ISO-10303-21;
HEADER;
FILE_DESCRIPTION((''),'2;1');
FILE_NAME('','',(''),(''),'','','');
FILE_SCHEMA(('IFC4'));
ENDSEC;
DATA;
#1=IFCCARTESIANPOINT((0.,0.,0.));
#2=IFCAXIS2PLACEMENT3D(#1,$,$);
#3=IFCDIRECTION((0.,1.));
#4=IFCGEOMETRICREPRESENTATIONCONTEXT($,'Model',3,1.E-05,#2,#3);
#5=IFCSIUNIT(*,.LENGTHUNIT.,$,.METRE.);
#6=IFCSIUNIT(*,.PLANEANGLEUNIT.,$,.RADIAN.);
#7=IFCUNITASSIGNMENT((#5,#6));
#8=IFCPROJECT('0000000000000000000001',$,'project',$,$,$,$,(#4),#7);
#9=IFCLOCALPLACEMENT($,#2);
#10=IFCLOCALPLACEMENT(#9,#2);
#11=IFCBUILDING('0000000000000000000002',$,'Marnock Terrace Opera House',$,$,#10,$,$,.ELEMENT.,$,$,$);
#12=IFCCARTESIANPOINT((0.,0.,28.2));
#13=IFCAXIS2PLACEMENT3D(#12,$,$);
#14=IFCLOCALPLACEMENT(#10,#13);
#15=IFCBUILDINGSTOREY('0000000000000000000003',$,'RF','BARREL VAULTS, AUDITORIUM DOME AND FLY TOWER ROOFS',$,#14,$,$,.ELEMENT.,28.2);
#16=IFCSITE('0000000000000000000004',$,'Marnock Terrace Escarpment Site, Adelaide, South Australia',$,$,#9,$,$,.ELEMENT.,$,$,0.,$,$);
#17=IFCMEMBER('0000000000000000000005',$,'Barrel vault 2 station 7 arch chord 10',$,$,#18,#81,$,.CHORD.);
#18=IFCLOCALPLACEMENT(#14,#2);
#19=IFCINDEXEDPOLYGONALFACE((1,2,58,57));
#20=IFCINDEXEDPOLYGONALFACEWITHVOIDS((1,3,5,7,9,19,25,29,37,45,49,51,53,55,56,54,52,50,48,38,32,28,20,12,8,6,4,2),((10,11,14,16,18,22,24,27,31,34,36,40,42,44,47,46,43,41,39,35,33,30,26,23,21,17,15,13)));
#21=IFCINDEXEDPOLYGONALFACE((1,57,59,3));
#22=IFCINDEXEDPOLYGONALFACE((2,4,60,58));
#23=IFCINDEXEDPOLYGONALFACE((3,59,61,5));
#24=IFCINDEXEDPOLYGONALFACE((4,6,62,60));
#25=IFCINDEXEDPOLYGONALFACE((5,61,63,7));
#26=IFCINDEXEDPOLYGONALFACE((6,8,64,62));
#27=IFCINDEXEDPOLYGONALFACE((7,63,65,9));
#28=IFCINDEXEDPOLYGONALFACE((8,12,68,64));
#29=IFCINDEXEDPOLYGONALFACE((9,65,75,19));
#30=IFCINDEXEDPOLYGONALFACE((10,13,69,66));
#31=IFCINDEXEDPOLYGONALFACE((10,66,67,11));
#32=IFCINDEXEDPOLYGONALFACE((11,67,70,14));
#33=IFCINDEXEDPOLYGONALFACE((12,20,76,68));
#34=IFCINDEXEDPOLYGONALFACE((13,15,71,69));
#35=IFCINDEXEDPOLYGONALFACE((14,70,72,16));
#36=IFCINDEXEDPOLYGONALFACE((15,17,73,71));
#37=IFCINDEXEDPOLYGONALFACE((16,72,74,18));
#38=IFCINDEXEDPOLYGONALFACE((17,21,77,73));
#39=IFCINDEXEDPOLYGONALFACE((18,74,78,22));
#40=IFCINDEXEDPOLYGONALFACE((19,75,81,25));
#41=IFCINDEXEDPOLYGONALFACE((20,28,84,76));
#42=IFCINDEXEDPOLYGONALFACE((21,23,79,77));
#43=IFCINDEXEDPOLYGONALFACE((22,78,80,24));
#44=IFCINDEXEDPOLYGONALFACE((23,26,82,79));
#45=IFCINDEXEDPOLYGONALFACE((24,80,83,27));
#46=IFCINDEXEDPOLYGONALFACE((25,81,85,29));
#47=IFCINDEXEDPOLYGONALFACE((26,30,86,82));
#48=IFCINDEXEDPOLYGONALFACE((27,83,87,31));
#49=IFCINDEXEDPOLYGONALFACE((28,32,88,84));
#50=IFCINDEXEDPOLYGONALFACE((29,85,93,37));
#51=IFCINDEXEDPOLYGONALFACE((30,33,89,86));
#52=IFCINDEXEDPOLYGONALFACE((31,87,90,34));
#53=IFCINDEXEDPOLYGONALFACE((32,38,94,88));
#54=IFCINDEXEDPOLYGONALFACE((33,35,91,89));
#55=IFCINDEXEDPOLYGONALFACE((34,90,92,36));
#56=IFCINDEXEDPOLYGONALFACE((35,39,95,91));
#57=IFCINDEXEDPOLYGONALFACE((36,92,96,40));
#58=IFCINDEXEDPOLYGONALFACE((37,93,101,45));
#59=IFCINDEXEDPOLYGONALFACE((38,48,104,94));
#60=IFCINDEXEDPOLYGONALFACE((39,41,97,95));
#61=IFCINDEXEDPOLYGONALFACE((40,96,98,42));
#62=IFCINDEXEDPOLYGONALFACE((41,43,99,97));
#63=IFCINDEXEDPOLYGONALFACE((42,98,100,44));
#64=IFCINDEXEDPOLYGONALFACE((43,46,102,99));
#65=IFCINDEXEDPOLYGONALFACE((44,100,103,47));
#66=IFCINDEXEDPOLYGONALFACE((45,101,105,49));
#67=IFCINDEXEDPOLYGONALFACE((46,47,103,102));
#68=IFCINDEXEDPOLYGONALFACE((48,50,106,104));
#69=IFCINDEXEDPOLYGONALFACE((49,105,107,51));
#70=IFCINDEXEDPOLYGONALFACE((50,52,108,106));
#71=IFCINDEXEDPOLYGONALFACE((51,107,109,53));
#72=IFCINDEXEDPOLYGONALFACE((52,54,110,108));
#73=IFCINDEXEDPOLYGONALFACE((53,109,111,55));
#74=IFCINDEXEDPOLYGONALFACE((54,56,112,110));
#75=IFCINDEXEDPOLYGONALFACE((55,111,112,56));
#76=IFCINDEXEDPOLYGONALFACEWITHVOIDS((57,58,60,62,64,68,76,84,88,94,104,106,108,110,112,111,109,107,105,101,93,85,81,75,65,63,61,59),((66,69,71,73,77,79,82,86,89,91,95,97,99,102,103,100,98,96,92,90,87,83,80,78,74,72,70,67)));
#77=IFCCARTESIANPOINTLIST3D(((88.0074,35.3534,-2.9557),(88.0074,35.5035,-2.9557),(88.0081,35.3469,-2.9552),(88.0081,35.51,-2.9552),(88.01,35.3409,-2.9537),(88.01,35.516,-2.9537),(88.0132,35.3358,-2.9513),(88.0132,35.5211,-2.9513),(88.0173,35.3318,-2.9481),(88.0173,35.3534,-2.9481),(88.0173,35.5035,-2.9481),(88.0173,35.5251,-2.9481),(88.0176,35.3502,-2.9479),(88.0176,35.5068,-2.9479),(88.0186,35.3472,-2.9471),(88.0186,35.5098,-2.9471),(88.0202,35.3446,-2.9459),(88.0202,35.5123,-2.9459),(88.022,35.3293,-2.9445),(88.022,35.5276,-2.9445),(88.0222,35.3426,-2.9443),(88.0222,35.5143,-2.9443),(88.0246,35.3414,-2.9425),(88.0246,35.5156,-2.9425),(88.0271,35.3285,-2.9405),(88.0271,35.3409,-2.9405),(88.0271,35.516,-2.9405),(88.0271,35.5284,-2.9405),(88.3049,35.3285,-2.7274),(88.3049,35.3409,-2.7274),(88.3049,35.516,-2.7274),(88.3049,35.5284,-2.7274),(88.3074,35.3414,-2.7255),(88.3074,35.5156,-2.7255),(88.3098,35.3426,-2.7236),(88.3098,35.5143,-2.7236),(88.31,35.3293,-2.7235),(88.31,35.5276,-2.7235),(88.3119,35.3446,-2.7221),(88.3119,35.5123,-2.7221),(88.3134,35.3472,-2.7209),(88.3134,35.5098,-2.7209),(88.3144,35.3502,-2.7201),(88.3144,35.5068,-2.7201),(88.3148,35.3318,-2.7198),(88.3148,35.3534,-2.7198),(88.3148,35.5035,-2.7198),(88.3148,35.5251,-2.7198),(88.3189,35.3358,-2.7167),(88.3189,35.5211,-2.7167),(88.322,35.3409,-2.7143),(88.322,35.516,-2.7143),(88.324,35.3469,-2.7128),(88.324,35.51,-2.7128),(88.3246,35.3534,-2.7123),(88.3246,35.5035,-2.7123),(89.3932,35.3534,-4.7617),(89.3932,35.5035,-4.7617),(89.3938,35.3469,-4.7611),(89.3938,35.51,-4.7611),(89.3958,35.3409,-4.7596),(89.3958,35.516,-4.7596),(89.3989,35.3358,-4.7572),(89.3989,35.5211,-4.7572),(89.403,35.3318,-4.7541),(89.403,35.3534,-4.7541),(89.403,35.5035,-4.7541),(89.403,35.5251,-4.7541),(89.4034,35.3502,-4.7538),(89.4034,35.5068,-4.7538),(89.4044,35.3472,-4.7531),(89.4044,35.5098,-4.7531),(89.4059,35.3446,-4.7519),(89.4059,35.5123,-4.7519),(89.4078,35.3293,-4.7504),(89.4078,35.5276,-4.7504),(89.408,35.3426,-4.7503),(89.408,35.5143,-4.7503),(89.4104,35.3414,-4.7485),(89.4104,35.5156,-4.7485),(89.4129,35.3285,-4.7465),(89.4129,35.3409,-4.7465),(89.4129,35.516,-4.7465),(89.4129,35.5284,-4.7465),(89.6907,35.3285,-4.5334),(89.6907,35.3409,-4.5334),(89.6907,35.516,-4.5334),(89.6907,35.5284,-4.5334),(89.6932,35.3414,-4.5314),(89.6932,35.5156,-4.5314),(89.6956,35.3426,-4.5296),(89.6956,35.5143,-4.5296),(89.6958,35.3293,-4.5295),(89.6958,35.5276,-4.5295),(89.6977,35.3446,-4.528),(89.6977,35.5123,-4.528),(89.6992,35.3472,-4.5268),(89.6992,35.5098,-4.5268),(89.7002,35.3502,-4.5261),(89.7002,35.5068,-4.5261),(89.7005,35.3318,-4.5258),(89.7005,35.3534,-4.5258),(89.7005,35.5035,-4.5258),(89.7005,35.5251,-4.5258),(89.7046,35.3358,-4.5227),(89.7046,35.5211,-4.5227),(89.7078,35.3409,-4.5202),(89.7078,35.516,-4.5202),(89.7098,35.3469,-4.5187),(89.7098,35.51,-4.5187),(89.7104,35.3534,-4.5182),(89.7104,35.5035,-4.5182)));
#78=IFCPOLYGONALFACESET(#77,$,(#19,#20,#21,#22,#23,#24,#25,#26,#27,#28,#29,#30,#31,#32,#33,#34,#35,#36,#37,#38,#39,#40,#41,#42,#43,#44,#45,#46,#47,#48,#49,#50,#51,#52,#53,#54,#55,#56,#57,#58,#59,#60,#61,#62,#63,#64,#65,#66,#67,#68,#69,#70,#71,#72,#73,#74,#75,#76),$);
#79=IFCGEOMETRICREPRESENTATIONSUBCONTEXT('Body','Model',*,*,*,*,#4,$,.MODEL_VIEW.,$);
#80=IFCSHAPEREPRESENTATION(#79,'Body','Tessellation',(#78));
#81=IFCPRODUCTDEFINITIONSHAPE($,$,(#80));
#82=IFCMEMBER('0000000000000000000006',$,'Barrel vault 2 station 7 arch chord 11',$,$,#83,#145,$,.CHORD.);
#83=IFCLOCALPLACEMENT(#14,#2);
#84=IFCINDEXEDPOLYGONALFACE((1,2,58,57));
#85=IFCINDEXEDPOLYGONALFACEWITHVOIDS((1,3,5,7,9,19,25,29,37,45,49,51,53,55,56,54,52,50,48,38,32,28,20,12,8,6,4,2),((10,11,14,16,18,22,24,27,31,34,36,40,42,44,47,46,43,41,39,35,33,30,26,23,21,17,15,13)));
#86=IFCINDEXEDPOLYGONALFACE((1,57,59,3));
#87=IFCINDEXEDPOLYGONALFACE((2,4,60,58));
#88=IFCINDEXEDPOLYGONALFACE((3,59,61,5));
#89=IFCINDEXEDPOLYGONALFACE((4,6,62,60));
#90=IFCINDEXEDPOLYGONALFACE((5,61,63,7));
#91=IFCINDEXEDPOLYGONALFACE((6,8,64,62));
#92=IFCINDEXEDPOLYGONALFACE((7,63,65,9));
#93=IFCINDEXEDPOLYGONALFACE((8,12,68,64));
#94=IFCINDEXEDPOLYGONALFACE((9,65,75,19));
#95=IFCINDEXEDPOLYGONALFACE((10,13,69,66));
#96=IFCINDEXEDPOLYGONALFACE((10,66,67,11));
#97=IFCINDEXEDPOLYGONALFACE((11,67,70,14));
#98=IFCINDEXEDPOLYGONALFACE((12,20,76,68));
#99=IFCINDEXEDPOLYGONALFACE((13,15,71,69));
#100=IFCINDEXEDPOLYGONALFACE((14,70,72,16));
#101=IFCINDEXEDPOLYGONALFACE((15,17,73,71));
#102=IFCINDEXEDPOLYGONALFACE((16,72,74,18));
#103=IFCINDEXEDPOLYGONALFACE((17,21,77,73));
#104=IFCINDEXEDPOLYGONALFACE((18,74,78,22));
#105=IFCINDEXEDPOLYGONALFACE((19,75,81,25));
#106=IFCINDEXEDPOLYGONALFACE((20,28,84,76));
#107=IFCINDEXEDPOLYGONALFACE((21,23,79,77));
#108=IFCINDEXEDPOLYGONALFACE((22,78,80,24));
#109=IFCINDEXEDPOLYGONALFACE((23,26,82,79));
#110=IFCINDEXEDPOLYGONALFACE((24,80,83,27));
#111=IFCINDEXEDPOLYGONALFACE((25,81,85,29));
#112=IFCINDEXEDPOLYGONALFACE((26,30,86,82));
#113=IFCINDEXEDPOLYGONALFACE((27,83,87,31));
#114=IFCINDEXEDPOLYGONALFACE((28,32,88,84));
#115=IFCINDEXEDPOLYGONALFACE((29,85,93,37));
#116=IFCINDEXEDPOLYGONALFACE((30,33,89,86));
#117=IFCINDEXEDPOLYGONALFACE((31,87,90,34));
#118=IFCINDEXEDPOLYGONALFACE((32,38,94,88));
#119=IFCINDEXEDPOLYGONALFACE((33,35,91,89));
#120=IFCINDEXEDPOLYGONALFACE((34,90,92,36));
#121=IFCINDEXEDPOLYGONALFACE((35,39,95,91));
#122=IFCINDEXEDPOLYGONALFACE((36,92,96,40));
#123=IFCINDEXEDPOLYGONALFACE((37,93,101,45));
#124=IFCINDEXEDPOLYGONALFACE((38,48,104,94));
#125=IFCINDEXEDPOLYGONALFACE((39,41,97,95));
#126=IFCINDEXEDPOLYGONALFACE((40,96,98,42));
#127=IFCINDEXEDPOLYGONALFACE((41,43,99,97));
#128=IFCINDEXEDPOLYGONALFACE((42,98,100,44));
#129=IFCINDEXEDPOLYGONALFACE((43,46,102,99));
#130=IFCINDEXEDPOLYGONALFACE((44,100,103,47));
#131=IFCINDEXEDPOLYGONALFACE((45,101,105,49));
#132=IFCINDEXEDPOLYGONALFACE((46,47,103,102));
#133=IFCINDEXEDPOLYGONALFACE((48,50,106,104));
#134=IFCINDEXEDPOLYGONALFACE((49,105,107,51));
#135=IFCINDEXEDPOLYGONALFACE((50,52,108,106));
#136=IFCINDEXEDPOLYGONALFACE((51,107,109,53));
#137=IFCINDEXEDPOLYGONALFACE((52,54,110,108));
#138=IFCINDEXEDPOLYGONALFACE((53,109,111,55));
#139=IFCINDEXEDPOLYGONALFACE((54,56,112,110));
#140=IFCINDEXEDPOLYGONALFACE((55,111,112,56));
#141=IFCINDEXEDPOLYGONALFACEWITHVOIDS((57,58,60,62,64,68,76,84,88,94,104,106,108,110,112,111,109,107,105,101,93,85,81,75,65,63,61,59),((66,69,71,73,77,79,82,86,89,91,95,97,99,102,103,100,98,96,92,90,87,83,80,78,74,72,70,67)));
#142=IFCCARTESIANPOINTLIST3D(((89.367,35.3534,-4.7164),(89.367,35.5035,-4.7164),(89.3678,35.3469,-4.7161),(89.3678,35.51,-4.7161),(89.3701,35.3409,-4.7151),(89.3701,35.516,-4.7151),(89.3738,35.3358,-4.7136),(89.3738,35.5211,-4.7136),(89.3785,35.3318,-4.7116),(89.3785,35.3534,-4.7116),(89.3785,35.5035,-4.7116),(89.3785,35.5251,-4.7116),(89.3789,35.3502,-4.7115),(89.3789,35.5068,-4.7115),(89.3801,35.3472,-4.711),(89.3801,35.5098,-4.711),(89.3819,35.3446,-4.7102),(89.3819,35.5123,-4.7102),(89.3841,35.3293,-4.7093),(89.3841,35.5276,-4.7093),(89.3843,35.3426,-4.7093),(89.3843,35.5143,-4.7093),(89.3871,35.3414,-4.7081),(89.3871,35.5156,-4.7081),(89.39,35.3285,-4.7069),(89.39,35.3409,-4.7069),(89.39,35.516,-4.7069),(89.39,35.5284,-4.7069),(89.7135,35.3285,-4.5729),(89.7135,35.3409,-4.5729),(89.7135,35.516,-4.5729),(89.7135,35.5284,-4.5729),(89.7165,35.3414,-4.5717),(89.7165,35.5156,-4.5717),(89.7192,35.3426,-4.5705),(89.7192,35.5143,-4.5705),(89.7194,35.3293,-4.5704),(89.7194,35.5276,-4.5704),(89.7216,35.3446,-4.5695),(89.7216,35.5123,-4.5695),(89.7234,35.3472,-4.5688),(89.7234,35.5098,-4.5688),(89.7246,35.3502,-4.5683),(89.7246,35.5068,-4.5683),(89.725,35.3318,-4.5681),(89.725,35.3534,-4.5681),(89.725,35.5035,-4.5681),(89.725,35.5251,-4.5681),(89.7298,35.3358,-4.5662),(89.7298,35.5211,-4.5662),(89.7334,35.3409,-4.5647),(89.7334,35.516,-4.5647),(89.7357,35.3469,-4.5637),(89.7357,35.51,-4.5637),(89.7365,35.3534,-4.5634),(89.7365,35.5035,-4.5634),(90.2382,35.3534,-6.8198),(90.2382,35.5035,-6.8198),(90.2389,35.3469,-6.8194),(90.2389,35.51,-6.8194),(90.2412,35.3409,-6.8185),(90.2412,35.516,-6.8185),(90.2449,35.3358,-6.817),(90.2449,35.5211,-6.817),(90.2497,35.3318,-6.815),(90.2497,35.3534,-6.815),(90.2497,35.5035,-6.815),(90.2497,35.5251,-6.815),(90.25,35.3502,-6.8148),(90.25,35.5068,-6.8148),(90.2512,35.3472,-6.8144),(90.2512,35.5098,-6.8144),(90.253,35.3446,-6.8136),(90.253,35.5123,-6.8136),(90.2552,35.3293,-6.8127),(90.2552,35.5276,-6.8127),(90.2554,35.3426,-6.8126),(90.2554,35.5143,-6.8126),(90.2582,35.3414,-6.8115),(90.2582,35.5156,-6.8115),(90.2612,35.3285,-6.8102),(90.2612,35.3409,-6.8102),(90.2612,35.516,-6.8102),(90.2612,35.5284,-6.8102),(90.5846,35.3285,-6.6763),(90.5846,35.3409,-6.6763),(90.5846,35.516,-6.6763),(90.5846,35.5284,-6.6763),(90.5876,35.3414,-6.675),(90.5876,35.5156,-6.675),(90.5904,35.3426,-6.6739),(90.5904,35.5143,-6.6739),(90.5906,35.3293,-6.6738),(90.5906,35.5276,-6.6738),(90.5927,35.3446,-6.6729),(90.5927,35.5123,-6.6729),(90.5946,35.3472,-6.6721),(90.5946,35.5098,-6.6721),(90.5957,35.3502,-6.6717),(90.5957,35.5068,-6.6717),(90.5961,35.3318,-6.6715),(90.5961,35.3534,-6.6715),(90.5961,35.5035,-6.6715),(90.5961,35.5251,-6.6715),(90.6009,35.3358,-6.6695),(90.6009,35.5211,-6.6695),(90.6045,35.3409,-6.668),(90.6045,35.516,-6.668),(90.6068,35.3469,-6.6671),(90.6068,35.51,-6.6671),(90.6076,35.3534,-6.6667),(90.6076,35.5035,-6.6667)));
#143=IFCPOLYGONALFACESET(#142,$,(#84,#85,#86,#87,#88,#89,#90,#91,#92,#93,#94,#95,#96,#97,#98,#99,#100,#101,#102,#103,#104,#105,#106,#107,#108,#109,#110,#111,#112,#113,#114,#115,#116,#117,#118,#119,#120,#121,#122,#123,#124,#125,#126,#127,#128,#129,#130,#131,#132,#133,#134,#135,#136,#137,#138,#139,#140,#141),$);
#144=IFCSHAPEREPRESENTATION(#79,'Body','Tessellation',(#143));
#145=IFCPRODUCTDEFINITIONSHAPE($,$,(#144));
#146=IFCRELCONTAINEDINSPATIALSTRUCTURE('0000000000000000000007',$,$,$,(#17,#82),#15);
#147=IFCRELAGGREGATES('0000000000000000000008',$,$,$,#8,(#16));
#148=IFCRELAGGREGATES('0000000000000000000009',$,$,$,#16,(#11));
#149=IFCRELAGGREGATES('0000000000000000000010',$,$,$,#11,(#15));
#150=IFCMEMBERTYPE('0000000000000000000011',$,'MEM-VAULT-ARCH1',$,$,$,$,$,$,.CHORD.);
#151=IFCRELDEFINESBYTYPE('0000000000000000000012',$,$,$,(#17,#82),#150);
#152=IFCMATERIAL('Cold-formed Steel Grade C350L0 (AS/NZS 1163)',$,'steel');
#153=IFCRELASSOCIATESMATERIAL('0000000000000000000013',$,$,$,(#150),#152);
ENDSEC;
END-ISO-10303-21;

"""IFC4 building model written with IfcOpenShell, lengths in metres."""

from ifc_helpers import new_model, si_unit, direction, frame, origin, origin_2d, place, context, subcontext, project, spatial, hollow_rectangle, extrude, material, material_profile, profile_set, type_object, element, save


model = new_model("IFC4")

# Units and contexts
model_context = context("Model", 3, precision=1e-05, world=origin(), true_north=direction((0.0, 1.0)))
body_context = subcontext(model_context, "Body", "Model", "MODEL_VIEW")
ifc_project = project(units=[si_unit("LENGTHUNIT", "METRE"), si_unit("PLANEANGLEUNIT", "RADIAN")], contexts=[model_context])

# Site, building, storey
site_placement = place(None, origin())
site = spatial("IfcSite", under=ifc_project, at=site_placement, Name="Marnock Terrace Escarpment Site, Adelaide, South Australia", CompositionType="ELEMENT", RefElevation=0.0)
building_placement = place(site_placement, origin())
building = spatial("IfcBuilding", under=site, at=building_placement, Name="Marnock Terrace Opera House", CompositionType="ELEMENT")
storey_placement = place(building_placement, frame((0.0, 0.0, 28.2)))
storey = spatial("IfcBuildingStorey", under=building, at=storey_placement, Name="RF", Description="BARREL VAULTS, AUDITORIUM DOME AND FLY TOWER ROOFS", CompositionType="ELEMENT", Elevation=28.2)

# Members
ifc_material = material(Name="Cold-formed Steel Grade C350L0 (AS/NZS 1163)", Category="steel")
ifc_material_profile_1 = material_profile(ifc_material, hollow_rectangle(XDim=0.2, YDim=0.3999, WallThickness=0.0125, InnerFilletRadius=0.0125, OuterFilletRadius=0.0249, at=origin_2d()))
ifc_profile_set_1 = profile_set([ifc_material_profile_1], Name="Cold-formed Steel Grade C350L0 (AS/NZS 1163)")
member_type_1 = type_object("IfcMemberType", Name="MEM-VAULT-ARCH1", PredefinedType="CHORD", material=ifc_profile_set_1)
for number, where, z_axis, x_axis, name in (
    (1, (88.166, 35.4285, -2.834), (0.608767, 0.0, -0.793349), (0.0, 1.0, 0.0), "Barrel vault 2 station 7 arch chord 10"),
):
    element("IfcMember", number, at=place(storey_placement, frame(where, z_axis=z_axis, x_axis=x_axis)), inside=storey, type_object=member_type_1, Name=name, PredefinedType="CHORD", context=body_context, shape_type="SweptSolid", body=[
        extrude(hollow_rectangle(XDim=0.2, YDim=0.3999, WallThickness=0.0125, InnerFilletRadius=0.0125, OuterFilletRadius=0.0249, at=origin_2d()), origin(), (0.0, 0.0, 1.0), 2.2764),
    ])
member_1_placement = place(storey_placement, frame((89.5518, 35.4285, -4.6399), z_axis=(0.382642, 0.0, -0.923897), x_axis=(0.0, 1.0, 0.0)))
element("IfcMember", 2, at=member_1_placement, inside=storey, type_object=member_type_1, Name="Barrel vault 2 station 7 arch chord 11", PredefinedType="CHORD", context=body_context, shape_type="SweptSolid", body=[
    extrude(hollow_rectangle(XDim=0.2, YDim=0.3999, WallThickness=0.0125, InnerFilletRadius=0.0125, OuterFilletRadius=0.0249, at=origin_2d()), origin(), (0.0, 0.0, 1.0), 2.2766),
])

save(model, "model.ifc")
